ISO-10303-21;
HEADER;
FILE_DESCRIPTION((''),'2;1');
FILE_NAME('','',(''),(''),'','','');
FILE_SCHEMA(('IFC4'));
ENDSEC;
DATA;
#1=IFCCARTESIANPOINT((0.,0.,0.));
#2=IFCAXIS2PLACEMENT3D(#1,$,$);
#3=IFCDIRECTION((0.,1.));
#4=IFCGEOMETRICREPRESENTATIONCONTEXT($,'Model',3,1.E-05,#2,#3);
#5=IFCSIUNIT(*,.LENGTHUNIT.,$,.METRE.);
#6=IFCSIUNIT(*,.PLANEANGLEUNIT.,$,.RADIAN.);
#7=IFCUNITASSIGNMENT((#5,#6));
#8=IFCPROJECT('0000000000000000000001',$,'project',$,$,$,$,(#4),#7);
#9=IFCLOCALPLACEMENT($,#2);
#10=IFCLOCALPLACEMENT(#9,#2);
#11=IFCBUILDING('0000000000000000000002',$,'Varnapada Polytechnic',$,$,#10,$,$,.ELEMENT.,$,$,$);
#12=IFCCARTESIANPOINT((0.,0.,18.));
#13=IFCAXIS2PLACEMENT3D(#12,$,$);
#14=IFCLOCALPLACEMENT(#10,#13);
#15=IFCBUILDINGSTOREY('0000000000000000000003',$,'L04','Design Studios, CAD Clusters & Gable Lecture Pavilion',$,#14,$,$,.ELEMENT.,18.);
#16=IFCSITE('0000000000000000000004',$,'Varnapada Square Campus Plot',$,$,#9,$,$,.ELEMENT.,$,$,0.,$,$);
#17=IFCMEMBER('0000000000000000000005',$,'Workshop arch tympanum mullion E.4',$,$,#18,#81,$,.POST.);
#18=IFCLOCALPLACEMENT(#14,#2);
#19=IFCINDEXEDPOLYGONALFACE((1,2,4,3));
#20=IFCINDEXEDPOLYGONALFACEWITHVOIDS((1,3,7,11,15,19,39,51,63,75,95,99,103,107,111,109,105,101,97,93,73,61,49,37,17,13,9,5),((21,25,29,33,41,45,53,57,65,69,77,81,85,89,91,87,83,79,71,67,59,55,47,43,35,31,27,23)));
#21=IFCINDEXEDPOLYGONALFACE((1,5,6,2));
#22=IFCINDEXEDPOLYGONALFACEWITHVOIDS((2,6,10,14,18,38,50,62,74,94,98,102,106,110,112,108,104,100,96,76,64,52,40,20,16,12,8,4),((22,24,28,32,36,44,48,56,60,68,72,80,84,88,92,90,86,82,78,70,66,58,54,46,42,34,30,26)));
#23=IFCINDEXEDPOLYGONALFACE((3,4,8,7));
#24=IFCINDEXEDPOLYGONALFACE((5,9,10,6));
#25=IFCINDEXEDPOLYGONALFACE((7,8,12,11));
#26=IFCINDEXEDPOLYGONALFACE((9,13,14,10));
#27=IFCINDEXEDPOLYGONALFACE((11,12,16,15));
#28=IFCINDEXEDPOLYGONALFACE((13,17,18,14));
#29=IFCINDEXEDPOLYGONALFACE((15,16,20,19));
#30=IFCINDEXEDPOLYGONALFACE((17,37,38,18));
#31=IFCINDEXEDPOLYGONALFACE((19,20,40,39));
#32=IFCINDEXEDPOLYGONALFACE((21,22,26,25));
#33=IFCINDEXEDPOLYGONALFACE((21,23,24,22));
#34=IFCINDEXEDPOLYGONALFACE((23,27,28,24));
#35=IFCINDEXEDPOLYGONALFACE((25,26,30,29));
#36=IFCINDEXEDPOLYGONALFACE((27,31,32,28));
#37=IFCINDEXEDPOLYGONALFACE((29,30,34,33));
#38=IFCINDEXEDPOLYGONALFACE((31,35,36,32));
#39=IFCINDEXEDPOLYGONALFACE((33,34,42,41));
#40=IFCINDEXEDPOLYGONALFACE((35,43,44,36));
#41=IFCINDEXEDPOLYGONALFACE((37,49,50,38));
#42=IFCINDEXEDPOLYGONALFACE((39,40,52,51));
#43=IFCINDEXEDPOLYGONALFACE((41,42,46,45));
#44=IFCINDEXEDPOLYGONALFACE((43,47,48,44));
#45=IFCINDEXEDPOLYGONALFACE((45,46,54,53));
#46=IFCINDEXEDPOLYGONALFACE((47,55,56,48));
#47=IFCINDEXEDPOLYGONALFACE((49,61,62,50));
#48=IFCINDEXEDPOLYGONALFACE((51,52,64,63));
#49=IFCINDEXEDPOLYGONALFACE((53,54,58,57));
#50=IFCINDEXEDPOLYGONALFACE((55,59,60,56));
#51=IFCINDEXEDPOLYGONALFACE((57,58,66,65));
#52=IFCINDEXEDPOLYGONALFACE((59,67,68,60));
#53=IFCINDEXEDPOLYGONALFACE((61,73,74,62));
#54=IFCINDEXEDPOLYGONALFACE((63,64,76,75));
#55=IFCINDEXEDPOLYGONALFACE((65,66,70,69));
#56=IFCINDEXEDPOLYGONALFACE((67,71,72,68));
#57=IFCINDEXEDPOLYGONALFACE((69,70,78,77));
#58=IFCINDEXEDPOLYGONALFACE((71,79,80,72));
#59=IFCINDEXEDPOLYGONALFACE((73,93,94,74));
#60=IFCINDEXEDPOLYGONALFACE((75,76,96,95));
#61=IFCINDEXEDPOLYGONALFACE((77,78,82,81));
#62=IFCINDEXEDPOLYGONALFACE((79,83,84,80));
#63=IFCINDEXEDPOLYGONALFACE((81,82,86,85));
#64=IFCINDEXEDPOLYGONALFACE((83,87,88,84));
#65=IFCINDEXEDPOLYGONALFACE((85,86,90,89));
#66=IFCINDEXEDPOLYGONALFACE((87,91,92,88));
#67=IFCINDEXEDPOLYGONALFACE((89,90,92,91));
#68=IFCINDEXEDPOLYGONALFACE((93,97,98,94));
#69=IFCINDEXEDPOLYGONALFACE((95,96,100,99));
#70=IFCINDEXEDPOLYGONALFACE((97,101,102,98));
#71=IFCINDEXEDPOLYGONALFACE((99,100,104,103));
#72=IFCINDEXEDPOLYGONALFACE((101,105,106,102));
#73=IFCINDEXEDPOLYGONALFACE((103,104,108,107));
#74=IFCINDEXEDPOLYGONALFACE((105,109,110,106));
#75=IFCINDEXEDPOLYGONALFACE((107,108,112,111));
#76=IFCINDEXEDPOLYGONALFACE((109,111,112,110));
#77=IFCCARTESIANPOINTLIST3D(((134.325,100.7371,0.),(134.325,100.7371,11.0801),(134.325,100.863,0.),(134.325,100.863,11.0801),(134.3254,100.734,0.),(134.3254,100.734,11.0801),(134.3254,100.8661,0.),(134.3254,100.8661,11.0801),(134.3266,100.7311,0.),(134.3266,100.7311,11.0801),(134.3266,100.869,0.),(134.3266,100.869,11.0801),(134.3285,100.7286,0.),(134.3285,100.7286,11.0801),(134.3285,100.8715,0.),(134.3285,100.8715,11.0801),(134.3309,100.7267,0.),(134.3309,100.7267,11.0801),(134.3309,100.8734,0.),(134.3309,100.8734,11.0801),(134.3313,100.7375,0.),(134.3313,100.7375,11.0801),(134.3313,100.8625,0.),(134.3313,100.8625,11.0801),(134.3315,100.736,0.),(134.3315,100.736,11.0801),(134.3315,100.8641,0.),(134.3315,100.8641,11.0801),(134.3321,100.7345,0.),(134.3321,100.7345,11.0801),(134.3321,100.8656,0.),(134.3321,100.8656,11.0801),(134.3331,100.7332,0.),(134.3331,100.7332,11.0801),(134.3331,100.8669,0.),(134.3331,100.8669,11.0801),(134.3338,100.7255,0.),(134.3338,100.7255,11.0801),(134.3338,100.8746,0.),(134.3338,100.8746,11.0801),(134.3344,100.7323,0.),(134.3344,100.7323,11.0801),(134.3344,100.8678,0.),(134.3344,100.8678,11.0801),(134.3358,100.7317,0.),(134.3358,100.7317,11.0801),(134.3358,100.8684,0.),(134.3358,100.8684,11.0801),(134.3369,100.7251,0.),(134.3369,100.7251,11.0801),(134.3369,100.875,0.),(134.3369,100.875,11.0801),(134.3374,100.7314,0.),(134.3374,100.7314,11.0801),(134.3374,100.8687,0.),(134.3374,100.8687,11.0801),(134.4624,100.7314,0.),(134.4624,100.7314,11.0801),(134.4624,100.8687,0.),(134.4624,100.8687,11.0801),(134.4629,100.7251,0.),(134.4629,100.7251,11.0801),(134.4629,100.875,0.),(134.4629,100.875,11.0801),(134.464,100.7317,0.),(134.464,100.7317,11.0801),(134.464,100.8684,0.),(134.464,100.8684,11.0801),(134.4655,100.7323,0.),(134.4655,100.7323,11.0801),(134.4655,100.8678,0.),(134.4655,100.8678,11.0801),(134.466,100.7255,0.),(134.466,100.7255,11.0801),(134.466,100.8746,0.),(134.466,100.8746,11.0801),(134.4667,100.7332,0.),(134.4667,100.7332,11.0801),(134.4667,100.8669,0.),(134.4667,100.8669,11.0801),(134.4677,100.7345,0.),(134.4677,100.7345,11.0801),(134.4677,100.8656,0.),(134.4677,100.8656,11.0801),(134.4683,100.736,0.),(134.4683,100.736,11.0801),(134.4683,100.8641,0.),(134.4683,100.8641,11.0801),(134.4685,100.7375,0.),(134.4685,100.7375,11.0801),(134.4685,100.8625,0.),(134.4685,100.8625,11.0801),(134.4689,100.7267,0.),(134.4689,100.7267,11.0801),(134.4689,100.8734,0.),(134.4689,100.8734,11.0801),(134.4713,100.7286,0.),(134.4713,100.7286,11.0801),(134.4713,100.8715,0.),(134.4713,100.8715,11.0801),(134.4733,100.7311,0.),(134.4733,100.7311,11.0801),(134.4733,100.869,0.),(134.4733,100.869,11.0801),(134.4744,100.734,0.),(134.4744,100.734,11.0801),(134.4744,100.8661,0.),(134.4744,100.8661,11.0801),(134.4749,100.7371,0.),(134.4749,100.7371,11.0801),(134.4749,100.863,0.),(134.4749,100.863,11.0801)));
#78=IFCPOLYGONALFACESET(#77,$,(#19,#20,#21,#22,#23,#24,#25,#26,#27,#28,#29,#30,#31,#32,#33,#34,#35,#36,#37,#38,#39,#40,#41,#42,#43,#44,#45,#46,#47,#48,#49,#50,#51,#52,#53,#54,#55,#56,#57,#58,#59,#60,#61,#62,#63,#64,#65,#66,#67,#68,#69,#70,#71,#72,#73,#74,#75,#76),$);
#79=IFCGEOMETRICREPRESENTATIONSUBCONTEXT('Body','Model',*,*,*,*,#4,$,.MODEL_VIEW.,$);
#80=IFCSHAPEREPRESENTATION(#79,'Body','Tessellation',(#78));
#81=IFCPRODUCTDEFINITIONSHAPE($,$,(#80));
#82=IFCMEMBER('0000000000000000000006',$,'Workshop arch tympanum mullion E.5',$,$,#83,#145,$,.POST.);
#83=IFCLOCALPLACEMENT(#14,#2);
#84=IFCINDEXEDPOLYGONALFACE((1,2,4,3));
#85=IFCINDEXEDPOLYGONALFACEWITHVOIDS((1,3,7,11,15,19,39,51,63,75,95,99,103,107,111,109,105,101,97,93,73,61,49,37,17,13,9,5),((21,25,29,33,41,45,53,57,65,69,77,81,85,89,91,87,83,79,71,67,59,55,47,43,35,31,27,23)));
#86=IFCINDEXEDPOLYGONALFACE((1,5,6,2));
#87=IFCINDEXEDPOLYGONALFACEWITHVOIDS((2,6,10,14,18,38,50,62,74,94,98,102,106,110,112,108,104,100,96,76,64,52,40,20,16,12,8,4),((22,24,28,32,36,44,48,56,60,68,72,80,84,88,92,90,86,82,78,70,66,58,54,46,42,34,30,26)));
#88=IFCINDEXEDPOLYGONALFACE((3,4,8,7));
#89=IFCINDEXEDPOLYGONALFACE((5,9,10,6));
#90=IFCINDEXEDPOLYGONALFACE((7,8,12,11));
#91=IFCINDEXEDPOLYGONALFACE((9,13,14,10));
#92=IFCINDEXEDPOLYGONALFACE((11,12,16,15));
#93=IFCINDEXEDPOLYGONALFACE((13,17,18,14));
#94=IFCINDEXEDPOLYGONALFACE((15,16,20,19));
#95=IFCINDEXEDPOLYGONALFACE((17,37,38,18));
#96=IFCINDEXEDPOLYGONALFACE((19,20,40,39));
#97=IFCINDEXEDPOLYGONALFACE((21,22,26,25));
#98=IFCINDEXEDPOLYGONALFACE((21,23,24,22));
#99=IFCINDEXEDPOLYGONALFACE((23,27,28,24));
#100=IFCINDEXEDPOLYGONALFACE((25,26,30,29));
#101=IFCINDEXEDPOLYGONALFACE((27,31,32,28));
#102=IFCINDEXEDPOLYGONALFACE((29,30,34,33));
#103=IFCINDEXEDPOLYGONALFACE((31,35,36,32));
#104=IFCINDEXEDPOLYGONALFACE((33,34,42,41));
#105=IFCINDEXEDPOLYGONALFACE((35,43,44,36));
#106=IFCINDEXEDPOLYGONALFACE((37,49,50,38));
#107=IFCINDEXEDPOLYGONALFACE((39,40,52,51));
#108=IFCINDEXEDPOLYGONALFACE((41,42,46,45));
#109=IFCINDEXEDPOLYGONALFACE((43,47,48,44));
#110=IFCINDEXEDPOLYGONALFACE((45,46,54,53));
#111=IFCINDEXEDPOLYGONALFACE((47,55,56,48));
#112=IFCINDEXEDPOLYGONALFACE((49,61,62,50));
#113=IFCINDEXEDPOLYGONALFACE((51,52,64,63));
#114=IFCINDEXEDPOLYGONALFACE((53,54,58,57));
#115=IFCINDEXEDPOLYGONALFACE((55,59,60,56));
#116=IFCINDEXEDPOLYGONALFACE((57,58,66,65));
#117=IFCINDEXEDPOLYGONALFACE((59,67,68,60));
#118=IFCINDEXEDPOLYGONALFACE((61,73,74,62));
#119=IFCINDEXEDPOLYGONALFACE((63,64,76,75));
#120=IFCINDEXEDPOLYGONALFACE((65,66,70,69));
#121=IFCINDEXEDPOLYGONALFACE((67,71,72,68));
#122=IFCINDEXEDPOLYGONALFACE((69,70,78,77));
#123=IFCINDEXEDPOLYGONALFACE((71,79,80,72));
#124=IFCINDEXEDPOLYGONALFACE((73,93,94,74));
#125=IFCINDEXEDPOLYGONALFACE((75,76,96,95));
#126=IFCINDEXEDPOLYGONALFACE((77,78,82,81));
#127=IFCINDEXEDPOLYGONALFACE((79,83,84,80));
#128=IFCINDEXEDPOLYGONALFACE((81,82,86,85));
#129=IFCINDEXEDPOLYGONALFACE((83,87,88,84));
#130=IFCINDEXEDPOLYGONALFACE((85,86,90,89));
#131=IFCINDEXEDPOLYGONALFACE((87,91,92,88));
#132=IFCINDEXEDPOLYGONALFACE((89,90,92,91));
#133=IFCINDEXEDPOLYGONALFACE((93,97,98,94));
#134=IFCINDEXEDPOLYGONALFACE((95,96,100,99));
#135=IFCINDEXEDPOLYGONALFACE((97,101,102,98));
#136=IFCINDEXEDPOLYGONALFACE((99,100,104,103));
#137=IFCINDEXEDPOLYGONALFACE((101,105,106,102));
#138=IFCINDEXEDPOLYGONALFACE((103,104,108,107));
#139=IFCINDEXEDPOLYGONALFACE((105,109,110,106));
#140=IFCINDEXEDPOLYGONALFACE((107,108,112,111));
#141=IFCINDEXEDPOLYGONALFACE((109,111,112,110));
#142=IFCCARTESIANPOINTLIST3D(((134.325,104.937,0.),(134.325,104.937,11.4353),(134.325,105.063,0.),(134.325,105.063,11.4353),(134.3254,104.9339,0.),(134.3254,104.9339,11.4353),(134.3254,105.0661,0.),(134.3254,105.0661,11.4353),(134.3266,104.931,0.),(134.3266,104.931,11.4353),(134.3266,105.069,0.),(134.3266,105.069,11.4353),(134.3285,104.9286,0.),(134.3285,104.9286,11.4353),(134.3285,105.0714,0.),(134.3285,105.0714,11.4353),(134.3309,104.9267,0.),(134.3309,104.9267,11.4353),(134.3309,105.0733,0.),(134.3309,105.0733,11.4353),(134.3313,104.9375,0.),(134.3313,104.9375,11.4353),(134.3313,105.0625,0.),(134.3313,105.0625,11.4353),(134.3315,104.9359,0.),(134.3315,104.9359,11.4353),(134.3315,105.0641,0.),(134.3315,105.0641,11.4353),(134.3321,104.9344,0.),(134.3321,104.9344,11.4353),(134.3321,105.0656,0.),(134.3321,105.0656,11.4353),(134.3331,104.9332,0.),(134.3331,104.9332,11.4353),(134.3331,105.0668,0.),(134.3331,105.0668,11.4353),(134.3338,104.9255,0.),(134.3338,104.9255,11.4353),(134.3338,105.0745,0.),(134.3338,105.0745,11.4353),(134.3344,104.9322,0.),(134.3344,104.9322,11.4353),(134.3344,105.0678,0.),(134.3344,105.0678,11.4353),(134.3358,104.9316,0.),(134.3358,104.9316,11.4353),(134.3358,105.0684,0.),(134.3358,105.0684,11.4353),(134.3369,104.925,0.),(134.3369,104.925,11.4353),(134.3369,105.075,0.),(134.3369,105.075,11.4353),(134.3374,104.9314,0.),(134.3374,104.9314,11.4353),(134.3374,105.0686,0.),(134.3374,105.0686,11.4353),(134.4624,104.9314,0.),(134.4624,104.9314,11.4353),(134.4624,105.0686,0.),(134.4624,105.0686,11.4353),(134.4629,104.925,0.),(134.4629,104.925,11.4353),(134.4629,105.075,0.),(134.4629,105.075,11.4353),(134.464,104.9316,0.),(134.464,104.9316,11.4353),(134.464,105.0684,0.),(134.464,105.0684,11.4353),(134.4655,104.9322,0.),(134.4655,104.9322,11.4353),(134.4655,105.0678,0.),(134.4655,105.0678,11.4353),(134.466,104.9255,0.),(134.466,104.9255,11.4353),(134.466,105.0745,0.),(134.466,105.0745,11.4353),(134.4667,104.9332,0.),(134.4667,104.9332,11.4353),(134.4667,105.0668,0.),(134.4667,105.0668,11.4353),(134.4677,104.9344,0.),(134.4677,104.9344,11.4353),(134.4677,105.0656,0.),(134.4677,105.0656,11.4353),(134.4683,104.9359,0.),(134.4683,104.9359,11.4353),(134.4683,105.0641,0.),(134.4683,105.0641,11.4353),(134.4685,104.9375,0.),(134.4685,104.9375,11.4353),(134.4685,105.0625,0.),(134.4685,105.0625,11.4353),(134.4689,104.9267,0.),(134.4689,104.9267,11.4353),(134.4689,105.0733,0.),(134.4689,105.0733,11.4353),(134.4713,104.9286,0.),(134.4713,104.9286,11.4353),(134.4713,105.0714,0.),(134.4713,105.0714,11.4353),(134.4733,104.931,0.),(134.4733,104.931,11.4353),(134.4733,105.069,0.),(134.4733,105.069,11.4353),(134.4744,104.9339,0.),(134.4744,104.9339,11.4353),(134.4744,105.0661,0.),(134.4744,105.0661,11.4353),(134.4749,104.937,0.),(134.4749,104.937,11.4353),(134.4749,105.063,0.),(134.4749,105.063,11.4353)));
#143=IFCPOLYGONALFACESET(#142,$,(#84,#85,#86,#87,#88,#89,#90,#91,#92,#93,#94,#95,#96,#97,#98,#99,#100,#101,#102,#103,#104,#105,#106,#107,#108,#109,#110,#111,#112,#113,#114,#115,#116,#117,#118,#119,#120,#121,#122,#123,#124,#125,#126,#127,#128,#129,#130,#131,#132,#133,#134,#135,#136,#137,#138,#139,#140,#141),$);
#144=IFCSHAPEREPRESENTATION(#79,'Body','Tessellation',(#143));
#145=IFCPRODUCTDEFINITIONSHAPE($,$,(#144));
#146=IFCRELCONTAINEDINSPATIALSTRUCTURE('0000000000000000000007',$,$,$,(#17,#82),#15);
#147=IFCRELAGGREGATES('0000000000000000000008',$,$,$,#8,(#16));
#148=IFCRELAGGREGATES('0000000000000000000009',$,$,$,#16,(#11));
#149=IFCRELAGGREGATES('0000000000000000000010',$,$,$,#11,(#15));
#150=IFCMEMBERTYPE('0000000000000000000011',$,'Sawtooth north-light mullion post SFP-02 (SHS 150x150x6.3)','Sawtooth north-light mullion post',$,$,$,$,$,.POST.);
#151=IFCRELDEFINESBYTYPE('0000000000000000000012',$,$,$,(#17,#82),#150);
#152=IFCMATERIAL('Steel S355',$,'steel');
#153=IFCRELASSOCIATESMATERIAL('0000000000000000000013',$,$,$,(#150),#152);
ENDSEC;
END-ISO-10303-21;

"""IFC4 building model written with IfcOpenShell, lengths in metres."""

from ifc_helpers import new_model, si_unit, direction, frame, origin, origin_2d, place, context, subcontext, project, spatial, hollow_rectangle, extrude, material, material_profile, profile_set, type_object, element, save


model = new_model("IFC4")

# Units and contexts
model_context = context("Model", 3, precision=1e-05, world=origin(), true_north=direction((0.0, 1.0)))
body_context = subcontext(model_context, "Body", "Model", "MODEL_VIEW")
ifc_project = project(units=[si_unit("LENGTHUNIT", "METRE"), si_unit("PLANEANGLEUNIT", "RADIAN")], contexts=[model_context])

# Site, building, storey
site_placement = place(None, origin())
site = spatial("IfcSite", under=ifc_project, at=site_placement, Name="Varnapada Square Campus Plot", CompositionType="ELEMENT", RefElevation=0.0)
building_placement = place(site_placement, origin())
building = spatial("IfcBuilding", under=site, at=building_placement, Name="Varnapada Polytechnic", CompositionType="ELEMENT")
storey_placement = place(building_placement, frame((0.0, 0.0, 18.0)))
storey = spatial("IfcBuildingStorey", under=building, at=storey_placement, Name="L04", Description="Design Studios, CAD Clusters & Gable Lecture Pavilion", CompositionType="ELEMENT", Elevation=18.0)

# Members
ifc_material = material(Name="Steel S355", Category="steel")
ifc_material_profile_1 = material_profile(ifc_material, hollow_rectangle(XDim=0.1499, YDim=0.1499, WallThickness=0.0063, InnerFilletRadius=0.0061, OuterFilletRadius=0.012, at=origin_2d()), Name="SHS 150x150x6.3")
ifc_profile_set_1 = profile_set([ifc_material_profile_1], Name="Steel S355")
member_type_1 = type_object("IfcMemberType", Name="Sawtooth north-light mullion post SFP-02 (SHS 150x150x6.3)", Description="Sawtooth north-light mullion post", PredefinedType="POST", material=ifc_profile_set_1)
member_1_placement = place(storey_placement, frame((134.3999, 100.8, 0.0), z_axis=(0.0, 0.0, 1.0), x_axis=(1.0, 0.0, 0.0)))
element("IfcMember", 1, at=member_1_placement, inside=storey, type_object=member_type_1, Name="Workshop arch tympanum mullion E.4", PredefinedType="POST", context=body_context, shape_type="SweptSolid", body=[
    extrude(hollow_rectangle(XDim=0.1499, YDim=0.1499, WallThickness=0.0063, InnerFilletRadius=0.0061, OuterFilletRadius=0.012, at=origin_2d()), origin(), (0.0, 0.0, 1.0), 11.0801),
])
member_2_placement = place(storey_placement, frame((134.3999, 105.0, 0.0), z_axis=(0.0, 0.0, 1.0), x_axis=(1.0, 0.0, 0.0)))
element("IfcMember", 2, at=member_2_placement, inside=storey, type_object=member_type_1, Name="Workshop arch tympanum mullion E.5", PredefinedType="POST", context=body_context, shape_type="SweptSolid", body=[
    extrude(hollow_rectangle(XDim=0.1499, YDim=0.1499, WallThickness=0.0063, InnerFilletRadius=0.0061, OuterFilletRadius=0.012, at=origin_2d()), origin(), (0.0, 0.0, 1.0), 11.4353),
])

save(model, "model.ifc")
